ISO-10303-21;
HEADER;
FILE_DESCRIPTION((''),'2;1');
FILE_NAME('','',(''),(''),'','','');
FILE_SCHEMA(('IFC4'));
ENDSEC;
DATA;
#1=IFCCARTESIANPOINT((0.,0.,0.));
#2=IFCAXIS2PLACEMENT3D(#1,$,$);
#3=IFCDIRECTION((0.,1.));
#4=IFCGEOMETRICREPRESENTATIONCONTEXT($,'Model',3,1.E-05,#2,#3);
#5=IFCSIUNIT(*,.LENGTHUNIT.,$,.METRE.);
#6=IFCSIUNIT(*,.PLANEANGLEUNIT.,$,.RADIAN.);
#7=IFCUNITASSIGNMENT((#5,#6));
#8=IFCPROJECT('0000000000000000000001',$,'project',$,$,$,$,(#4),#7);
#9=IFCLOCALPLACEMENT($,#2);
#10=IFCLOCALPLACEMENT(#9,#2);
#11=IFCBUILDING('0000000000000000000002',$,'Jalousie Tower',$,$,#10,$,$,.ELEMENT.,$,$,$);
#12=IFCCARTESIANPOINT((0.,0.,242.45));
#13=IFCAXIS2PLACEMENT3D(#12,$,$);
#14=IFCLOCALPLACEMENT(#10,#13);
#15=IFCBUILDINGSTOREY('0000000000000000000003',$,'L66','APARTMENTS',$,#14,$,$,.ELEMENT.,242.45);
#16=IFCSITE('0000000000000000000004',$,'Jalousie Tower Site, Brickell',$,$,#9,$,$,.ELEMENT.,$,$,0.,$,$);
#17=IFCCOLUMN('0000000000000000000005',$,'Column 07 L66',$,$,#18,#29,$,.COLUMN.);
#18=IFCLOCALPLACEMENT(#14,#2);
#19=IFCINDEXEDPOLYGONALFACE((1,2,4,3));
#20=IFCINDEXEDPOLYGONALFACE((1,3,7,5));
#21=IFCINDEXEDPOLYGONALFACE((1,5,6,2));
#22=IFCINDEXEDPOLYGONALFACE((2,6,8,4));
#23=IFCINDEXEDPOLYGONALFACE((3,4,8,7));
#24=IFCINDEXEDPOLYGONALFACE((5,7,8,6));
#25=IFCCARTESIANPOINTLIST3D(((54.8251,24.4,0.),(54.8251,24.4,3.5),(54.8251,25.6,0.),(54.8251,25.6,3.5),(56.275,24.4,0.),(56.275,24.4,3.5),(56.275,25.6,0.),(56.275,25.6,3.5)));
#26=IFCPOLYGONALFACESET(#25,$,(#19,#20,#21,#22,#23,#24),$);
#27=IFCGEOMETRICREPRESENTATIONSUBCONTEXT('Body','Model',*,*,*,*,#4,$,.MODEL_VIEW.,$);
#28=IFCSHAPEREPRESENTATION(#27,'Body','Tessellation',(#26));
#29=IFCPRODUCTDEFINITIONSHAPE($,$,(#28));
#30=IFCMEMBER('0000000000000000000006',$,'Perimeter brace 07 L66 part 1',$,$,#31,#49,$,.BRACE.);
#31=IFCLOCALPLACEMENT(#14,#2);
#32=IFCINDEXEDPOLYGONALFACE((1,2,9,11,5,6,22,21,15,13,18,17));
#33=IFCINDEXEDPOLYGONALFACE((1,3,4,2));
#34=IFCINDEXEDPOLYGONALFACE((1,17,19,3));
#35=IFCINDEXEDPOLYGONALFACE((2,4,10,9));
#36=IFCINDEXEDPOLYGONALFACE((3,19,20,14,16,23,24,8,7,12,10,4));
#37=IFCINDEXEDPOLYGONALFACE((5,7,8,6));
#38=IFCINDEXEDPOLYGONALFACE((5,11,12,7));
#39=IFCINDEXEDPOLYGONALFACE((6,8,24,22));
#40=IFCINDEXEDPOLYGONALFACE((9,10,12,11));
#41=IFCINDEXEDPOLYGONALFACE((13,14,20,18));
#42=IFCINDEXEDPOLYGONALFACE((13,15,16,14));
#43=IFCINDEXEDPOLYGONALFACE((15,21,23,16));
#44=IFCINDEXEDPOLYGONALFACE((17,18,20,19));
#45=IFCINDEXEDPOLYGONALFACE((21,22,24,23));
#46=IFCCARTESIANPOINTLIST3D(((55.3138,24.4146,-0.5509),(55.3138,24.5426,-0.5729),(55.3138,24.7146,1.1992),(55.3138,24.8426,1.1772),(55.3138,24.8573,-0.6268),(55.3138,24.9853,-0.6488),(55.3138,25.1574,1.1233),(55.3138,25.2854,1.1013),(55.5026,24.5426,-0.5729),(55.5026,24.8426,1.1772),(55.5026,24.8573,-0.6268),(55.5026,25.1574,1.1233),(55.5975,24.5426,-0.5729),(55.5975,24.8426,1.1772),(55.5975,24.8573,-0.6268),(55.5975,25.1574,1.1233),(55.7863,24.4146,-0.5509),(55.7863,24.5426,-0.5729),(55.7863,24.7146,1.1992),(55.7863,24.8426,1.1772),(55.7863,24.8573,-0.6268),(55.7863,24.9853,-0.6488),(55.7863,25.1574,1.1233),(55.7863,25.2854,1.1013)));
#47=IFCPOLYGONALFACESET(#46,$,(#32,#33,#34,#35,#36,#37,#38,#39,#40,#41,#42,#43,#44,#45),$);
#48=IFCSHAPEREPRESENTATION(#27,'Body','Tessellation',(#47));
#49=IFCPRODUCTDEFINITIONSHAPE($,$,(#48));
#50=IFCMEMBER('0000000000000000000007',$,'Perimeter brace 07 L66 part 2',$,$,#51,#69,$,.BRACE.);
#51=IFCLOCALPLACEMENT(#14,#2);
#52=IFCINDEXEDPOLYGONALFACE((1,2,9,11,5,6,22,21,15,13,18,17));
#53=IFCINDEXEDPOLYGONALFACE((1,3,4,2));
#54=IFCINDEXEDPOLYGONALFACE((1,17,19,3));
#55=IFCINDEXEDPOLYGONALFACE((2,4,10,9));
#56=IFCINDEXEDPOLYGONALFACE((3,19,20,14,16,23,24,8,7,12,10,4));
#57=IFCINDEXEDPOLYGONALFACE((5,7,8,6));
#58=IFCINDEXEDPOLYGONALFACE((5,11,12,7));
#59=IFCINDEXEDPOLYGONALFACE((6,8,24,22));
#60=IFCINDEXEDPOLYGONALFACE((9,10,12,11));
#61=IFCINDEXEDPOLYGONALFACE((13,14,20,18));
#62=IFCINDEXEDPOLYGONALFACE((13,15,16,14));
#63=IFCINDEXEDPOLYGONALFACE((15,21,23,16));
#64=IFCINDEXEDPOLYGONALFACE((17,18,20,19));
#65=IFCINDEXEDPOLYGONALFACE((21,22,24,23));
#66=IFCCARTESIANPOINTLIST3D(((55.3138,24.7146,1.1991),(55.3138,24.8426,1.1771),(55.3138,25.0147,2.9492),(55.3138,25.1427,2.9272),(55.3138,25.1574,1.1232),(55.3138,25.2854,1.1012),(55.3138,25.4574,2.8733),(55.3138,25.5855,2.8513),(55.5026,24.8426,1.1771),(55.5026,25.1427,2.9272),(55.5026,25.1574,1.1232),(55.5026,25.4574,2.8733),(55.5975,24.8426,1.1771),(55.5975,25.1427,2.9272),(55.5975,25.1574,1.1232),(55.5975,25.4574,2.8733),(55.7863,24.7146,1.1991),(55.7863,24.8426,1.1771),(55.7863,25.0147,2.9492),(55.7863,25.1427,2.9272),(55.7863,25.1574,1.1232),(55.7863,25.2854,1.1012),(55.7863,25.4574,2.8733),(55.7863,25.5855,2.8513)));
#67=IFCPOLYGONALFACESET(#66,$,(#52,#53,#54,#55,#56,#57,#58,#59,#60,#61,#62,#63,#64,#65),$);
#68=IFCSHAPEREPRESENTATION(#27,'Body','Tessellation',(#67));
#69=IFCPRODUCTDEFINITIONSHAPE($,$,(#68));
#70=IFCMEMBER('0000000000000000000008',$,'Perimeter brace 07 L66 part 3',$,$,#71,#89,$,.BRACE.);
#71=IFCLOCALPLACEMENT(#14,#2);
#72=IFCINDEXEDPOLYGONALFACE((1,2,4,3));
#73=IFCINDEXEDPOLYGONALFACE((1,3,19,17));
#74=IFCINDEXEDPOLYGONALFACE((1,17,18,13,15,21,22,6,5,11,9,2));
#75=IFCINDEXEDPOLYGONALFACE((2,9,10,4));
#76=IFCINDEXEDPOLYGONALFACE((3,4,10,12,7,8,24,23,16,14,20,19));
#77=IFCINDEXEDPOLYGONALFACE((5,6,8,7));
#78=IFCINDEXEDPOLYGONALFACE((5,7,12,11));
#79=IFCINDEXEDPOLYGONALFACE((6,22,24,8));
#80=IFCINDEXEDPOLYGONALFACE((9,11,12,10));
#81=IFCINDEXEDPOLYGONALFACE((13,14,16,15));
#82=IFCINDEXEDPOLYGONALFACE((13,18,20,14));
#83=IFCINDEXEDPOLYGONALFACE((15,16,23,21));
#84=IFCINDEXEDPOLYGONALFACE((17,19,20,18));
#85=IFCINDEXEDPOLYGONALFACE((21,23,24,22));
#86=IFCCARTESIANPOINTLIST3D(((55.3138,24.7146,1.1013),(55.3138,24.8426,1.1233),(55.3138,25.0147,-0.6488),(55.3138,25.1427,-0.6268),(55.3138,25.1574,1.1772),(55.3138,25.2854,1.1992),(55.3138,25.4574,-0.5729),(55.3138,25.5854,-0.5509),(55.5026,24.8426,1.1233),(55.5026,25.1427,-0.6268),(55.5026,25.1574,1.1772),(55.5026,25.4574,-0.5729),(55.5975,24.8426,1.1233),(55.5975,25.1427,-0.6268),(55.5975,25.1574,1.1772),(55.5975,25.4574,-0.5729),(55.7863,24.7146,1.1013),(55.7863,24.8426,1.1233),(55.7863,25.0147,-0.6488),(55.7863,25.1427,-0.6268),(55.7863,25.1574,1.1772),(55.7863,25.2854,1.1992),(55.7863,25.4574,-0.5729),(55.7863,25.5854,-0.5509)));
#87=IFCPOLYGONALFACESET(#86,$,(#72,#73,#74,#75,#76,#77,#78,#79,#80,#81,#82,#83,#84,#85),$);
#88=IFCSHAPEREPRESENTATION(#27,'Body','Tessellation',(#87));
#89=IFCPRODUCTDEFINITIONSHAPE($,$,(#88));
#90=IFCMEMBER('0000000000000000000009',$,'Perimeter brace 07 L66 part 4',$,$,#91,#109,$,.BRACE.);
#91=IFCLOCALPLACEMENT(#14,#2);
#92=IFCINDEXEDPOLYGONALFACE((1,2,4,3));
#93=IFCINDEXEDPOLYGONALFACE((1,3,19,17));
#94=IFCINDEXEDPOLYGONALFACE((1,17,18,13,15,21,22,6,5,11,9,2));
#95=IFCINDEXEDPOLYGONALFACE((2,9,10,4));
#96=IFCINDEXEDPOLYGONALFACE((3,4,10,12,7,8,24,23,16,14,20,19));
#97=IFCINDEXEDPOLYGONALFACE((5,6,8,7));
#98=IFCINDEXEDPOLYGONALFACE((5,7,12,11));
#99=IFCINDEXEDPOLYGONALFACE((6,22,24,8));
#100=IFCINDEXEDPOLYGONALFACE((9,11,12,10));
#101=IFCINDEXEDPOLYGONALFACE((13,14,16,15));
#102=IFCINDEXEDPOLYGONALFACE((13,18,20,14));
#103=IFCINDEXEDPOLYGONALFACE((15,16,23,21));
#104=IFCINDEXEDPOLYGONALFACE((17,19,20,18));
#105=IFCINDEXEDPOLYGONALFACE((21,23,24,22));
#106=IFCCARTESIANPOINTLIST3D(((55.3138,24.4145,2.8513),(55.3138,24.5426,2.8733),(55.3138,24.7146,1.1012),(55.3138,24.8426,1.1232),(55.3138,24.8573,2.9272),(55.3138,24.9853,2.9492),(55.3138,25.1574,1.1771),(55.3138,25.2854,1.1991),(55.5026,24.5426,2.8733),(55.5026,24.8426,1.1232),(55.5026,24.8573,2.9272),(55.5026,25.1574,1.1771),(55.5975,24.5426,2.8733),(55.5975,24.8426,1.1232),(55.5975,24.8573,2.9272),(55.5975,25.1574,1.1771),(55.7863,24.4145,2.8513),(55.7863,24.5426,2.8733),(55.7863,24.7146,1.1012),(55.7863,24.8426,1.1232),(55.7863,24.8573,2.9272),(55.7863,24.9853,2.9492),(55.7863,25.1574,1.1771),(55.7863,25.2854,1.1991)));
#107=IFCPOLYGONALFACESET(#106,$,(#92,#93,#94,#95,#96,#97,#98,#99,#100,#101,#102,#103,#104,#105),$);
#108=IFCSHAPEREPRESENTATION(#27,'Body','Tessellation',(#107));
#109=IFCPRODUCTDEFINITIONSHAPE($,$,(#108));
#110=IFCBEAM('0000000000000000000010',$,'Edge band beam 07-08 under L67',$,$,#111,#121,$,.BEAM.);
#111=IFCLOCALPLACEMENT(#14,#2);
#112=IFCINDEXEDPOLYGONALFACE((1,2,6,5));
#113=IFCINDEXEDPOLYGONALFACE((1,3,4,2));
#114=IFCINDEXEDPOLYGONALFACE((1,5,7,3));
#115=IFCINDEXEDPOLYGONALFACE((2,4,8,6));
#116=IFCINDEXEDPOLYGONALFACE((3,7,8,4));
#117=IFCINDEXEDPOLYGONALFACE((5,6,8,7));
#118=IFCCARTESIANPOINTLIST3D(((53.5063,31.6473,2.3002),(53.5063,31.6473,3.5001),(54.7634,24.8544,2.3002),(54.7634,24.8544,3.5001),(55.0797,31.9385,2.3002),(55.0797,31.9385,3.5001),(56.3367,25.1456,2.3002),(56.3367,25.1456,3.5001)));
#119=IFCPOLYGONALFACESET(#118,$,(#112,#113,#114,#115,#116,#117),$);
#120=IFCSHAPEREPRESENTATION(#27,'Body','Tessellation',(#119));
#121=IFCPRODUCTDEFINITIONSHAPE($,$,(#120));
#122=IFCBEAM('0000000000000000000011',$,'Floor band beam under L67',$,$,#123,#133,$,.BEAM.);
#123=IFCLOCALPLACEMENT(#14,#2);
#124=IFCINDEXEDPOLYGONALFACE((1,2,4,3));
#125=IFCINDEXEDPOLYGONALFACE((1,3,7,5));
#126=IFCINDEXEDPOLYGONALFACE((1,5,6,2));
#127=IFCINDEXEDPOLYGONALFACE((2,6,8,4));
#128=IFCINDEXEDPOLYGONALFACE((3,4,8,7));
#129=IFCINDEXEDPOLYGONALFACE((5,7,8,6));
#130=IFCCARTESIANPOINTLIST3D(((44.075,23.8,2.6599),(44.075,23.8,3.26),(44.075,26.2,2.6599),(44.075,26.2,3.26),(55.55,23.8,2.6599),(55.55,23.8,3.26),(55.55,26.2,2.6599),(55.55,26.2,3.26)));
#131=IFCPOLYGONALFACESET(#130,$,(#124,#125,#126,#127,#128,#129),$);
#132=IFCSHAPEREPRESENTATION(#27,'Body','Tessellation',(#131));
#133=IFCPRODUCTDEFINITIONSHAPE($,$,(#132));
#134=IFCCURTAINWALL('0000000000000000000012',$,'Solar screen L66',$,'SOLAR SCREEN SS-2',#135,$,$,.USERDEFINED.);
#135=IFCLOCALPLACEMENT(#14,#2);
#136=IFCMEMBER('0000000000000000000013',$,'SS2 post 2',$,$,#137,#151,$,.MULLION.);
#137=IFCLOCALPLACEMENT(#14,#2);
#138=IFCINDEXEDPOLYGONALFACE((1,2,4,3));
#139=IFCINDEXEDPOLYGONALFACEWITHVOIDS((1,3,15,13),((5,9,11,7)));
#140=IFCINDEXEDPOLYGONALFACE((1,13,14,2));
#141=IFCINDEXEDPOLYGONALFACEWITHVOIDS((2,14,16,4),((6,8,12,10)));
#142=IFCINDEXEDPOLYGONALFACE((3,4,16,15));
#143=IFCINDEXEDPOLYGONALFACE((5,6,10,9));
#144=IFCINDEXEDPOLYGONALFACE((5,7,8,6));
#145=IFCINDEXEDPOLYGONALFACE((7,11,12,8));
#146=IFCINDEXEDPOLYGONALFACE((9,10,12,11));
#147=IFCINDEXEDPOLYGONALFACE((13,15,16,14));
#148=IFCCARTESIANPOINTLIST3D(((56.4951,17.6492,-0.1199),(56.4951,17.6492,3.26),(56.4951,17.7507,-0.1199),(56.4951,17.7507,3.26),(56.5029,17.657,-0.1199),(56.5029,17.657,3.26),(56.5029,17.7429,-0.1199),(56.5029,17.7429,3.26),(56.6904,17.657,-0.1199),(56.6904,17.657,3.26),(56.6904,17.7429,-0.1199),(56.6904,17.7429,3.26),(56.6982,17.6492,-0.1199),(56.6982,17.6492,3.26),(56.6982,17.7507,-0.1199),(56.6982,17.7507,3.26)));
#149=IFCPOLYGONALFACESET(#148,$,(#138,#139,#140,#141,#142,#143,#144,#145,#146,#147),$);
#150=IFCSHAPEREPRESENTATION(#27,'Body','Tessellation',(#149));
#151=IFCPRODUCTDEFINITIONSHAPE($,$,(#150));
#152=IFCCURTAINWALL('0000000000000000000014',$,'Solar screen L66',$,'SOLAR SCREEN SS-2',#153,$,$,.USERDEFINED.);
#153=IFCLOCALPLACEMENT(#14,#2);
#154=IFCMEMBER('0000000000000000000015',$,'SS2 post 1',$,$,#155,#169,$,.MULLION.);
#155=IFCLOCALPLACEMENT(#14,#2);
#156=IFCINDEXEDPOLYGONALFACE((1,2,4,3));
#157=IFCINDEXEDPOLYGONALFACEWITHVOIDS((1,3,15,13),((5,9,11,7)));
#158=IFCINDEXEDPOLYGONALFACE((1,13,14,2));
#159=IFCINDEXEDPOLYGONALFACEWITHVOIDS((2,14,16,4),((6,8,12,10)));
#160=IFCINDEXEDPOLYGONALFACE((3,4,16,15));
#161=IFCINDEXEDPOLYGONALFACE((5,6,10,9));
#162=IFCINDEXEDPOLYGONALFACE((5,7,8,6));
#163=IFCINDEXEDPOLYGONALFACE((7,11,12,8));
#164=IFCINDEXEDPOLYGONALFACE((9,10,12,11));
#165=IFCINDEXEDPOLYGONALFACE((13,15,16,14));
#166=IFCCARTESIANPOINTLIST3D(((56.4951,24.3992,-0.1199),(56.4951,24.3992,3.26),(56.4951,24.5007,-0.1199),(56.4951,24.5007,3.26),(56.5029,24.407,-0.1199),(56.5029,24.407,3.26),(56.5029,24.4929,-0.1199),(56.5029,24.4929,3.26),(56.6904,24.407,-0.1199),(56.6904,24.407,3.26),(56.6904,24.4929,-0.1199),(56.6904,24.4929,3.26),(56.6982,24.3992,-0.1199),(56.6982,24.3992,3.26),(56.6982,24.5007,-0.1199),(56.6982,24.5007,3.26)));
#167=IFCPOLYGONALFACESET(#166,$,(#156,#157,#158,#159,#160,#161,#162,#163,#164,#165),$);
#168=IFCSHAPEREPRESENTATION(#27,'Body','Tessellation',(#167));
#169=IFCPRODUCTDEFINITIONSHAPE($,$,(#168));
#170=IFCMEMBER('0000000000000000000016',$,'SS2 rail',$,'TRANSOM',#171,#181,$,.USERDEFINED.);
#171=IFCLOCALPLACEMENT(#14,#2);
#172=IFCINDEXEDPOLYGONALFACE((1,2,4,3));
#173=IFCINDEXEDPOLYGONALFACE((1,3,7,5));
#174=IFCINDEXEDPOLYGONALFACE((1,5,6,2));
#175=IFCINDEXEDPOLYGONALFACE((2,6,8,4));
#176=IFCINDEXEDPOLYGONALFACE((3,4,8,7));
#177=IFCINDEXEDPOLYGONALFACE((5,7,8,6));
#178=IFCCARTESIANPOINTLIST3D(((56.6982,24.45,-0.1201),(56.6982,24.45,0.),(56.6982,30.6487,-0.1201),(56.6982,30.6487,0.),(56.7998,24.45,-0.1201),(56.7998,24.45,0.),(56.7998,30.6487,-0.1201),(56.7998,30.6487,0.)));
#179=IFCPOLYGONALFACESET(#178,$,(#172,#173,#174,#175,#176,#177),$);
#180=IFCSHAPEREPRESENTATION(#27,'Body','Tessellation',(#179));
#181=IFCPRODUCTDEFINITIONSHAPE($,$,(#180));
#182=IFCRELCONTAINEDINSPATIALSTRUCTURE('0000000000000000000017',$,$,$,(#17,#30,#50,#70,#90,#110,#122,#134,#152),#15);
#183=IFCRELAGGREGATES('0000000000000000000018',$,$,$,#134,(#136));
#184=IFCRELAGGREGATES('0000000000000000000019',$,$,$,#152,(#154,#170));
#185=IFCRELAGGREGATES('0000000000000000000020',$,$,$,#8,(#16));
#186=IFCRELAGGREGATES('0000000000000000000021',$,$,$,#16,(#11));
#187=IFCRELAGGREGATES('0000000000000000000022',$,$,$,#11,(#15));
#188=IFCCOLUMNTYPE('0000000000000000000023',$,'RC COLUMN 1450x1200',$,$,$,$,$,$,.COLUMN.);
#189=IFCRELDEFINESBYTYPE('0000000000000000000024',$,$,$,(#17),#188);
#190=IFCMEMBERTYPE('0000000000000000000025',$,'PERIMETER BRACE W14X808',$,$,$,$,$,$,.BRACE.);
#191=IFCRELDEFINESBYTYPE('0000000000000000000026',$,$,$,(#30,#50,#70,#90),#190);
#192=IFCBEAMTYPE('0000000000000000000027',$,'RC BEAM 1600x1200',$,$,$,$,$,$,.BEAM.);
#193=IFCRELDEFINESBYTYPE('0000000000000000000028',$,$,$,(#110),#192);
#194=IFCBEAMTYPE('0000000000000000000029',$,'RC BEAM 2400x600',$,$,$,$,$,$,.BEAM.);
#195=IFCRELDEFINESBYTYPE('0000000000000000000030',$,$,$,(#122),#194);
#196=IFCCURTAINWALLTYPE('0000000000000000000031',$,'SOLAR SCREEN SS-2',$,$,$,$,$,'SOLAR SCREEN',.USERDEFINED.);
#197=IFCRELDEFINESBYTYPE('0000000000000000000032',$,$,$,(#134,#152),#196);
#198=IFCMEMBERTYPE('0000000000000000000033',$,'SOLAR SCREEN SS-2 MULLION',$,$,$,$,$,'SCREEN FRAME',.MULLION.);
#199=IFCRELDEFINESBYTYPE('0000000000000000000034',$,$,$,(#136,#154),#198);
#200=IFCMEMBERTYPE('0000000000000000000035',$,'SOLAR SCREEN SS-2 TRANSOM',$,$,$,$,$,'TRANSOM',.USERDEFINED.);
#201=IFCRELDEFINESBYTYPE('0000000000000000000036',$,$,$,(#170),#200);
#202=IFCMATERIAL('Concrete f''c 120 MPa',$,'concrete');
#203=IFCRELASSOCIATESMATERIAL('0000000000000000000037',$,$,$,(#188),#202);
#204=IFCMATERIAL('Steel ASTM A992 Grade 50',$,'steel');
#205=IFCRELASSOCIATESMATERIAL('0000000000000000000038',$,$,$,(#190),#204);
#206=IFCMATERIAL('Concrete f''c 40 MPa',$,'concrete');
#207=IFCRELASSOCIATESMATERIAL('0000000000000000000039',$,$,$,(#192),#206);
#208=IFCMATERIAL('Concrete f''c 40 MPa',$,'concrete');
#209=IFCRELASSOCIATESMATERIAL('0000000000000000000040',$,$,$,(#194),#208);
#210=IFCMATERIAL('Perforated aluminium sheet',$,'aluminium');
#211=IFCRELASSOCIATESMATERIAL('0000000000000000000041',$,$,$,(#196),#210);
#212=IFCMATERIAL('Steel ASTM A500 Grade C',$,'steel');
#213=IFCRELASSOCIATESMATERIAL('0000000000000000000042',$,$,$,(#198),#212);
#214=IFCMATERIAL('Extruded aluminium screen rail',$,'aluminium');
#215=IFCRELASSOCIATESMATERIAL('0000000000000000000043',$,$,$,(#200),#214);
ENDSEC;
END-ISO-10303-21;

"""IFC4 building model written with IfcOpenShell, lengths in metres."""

from ifc_helpers import new_model, si_unit, direction, frame, origin, origin_2d, place, context, subcontext, project, spatial, rectangle, hollow_rectangle, i_section, extrude, material, material_profile, profile_set, type_object, element, aggregate, save


model = new_model("IFC4")

# Units and contexts
model_context = context("Model", 3, precision=1e-05, world=origin(), true_north=direction((0.0, 1.0)))
body_context = subcontext(model_context, "Body", "Model", "MODEL_VIEW")
ifc_project = project(units=[si_unit("LENGTHUNIT", "METRE"), si_unit("PLANEANGLEUNIT", "RADIAN")], contexts=[model_context])

# Site, building, storey
site_placement = place(None, origin())
site = spatial("IfcSite", under=ifc_project, at=site_placement, Name="Jalousie Tower Site, Brickell", CompositionType="ELEMENT", RefElevation=0.0)
building_placement = place(site_placement, origin())
building = spatial("IfcBuilding", under=site, at=building_placement, Name="Jalousie Tower", CompositionType="ELEMENT")
storey_placement = place(building_placement, frame((0.0, 0.0, 242.45)))
storey = spatial("IfcBuildingStorey", under=building, at=storey_placement, Name="L66", Description="APARTMENTS", CompositionType="ELEMENT", Elevation=242.45)

# Column
ifc_material_1 = material(Name="Concrete f'c 120 MPa", Category="concrete")
ifc_material_profile_1 = material_profile(ifc_material_1, rectangle(XDim=1.45, YDim=1.2, at=origin_2d()), Name="RC 1450x1200")
ifc_profile_set_1 = profile_set([ifc_material_profile_1], Name="Concrete f'c 120 MPa")
column_type = type_object("IfcColumnType", Name="RC COLUMN 1450x1200", PredefinedType="COLUMN", material=ifc_profile_set_1)
column_placement = place(storey_placement, frame((55.55, 25.0, 0.0), z_axis=(0.0, 0.0, 1.0), x_axis=(1.0, 0.0, 0.0)))
element("IfcColumn", 1, at=column_placement, inside=storey, type_object=column_type, Name="Column 07 L66", PredefinedType="COLUMN", context=body_context, shape_type="SweptSolid", body=[
    extrude(rectangle(XDim=1.45, YDim=1.2, at=origin_2d()), origin(), (0.0, 0.0, 1.0), 3.5),
])

# Members
ifc_material_2 = material(Name="Steel ASTM A992 Grade 50", Category="steel")
ifc_material_profile_2 = material_profile(ifc_material_2, i_section(OverallWidth=0.4724, OverallDepth=0.5791, WebThickness=0.095, FlangeThickness=0.1299, at=origin_2d()), Name="W14X808")
ifc_profile_set_2 = profile_set([ifc_material_profile_2], Name="Steel ASTM A992 Grade 50")
member_type_1 = type_object("IfcMemberType", Name="PERIMETER BRACE W14X808", PredefinedType="BRACE", material=ifc_profile_set_2)
for number, where, z_axis, x_axis, name in (
    (2, (55.55, 24.7, -0.5999), (0.0, 0.168991, 0.985618), (-1.0, 0.0, 0.0), "Perimeter brace 07 L66 part 1"),
    (3, (55.55, 25.0, 1.1501), (0.0, 0.168991, 0.985618), (-1.0, 0.0, 0.0), "Perimeter brace 07 L66 part 2"),
    (4, (55.55, 25.3, -0.5999), (0.0, -0.168991, 0.985618), (1.0, 0.0, 0.0), "Perimeter brace 07 L66 part 3"),
    (5, (55.55, 25.0, 1.1501), (0.0, -0.168991, 0.985618), (1.0, 0.0, 0.0), "Perimeter brace 07 L66 part 4"),
):
    element("IfcMember", number, at=place(storey_placement, frame(where, z_axis=z_axis, x_axis=x_axis)), inside=storey, type_object=member_type_1, Name=name, PredefinedType="BRACE", context=body_context, shape_type="SweptSolid", body=[
        extrude(i_section(OverallWidth=0.4724, OverallDepth=0.5791, WebThickness=0.095, FlangeThickness=0.1299, at=origin_2d()), origin(), (0.0, 0.0, 1.0), 1.7756),
    ])

# Beams
ifc_material_3 = material(Name="Concrete f'c 40 MPa", Category="concrete")
ifc_material_profile_3 = material_profile(ifc_material_3, rectangle(XDim=1.6001, YDim=1.2, at=origin_2d()), Name="RC 1600x1200")
ifc_profile_set_3 = profile_set([ifc_material_profile_3], Name="Concrete f'c 40 MPa")
beam_type_1 = type_object("IfcBeamType", Name="RC BEAM 1600x1200", PredefinedType="BEAM", material=ifc_profile_set_3)
beam_1_placement = place(storey_placement, frame((55.55, 25.0, 2.9001), z_axis=(-0.181967, 0.983305, 0.0), x_axis=(-0.983305, -0.181967, 0.0)))
element("IfcBeam", 6, at=beam_1_placement, inside=storey, type_object=beam_type_1, Name="Edge band beam 07-08 under L67", PredefinedType="BEAM", context=body_context, shape_type="SweptSolid", body=[
    extrude(rectangle(XDim=1.6001, YDim=1.2, at=origin_2d()), origin(), (0.0, 0.0, 1.0), 6.9082),
])
ifc_material_4 = material(Name="Concrete f'c 40 MPa", Category="concrete")
ifc_material_profile_4 = material_profile(ifc_material_4, rectangle(XDim=2.3999, YDim=0.6001, at=origin_2d()), Name="RC 2400x600")
ifc_profile_set_4 = profile_set([ifc_material_profile_4], Name="Concrete f'c 40 MPa")
beam_type_2 = type_object("IfcBeamType", Name="RC BEAM 2400x600", PredefinedType="BEAM", material=ifc_profile_set_4)
beam_2_placement = place(storey_placement, frame((55.55, 25.0, 2.96), z_axis=(-1.0, 0.0, 0.0), x_axis=(0.0, -1.0, 0.0)))
element("IfcBeam", 7, at=beam_2_placement, inside=storey, type_object=beam_type_2, Name="Floor band beam under L67", PredefinedType="BEAM", context=body_context, shape_type="SweptSolid", body=[
    extrude(rectangle(XDim=2.3999, YDim=0.6001, at=origin_2d()), origin(), (0.0, 0.0, 1.0), 11.4751),
])

# Curtain wall, member
ifc_material_5 = material(Name="Perforated aluminium sheet", Category="aluminium")
curtain_wall_type = type_object("IfcCurtainWallType", Name="SOLAR SCREEN SS-2", ElementType="SOLAR SCREEN", PredefinedType="USERDEFINED", material=ifc_material_5)
curtain_wall_1_placement = place(storey_placement, origin())
curtain_wall_1 = element("IfcCurtainWall", 8, at=curtain_wall_1_placement, inside=storey, type_object=curtain_wall_type, Name="Solar screen L66", ObjectType="SOLAR SCREEN SS-2", PredefinedType="USERDEFINED")
ifc_material_6 = material(Name="Steel ASTM A500 Grade C", Category="steel")
ifc_material_profile_5 = material_profile(ifc_material_6, hollow_rectangle(XDim=0.1016, YDim=0.2031, WallThickness=0.0078, at=origin_2d()), Name="HSS8X4X5/16")
ifc_profile_set_5 = profile_set([ifc_material_profile_5], Name="Steel ASTM A500 Grade C")
member_type_2 = type_object("IfcMemberType", Name="SOLAR SCREEN SS-2 MULLION", ElementType="SCREEN FRAME", PredefinedType="MULLION", material=ifc_profile_set_5)
member_1_placement = place(storey_placement, frame((56.5967, 17.7, -0.1199), z_axis=(0.0, 0.0, 1.0), x_axis=(0.0, 1.0, 0.0)))
member_1 = element("IfcMember", 9, at=member_1_placement, type_object=member_type_2, Name="SS2 post 2", PredefinedType="MULLION", context=body_context, shape_type="SweptSolid", body=[
    extrude(hollow_rectangle(XDim=0.1016, YDim=0.2031, WallThickness=0.0078, at=origin_2d()), origin(), (0.0, 0.0, 1.0), 3.3799),
])
aggregate(curtain_wall_1, [member_1])

# Curtain wall, members
curtain_wall_2_placement = place(storey_placement, origin())
curtain_wall_2 = element("IfcCurtainWall", 10, at=curtain_wall_2_placement, inside=storey, type_object=curtain_wall_type, Name="Solar screen L66", ObjectType="SOLAR SCREEN SS-2", PredefinedType="USERDEFINED")
member_2_placement = place(storey_placement, frame((56.5967, 24.45, -0.1199), z_axis=(0.0, 0.0, 1.0), x_axis=(0.0, 1.0, 0.0)))
member_2 = element("IfcMember", 11, at=member_2_placement, type_object=member_type_2, Name="SS2 post 1", PredefinedType="MULLION", context=body_context, shape_type="SweptSolid", body=[
    extrude(hollow_rectangle(XDim=0.1016, YDim=0.2031, WallThickness=0.0078, at=origin_2d()), origin(), (0.0, 0.0, 1.0), 3.3799),
])
ifc_material_7 = material(Name="Extruded aluminium screen rail", Category="aluminium")
ifc_material_profile_6 = material_profile(ifc_material_7, rectangle(XDim=0.1016, YDim=0.1201, at=origin_2d()), Name="RAIL 102x120")
ifc_profile_set_6 = profile_set([ifc_material_profile_6], Name="Extruded aluminium screen rail")
member_type_3 = type_object("IfcMemberType", Name="SOLAR SCREEN SS-2 TRANSOM", ElementType="TRANSOM", PredefinedType="USERDEFINED", material=ifc_profile_set_6)
member_3_placement = place(storey_placement, frame((56.749, 24.45, -0.0601), z_axis=(0.0, 1.0, 0.0), x_axis=(-1.0, 0.0, 0.0)))
member_3 = element("IfcMember", 12, at=member_3_placement, type_object=member_type_3, Name="SS2 rail", ObjectType="TRANSOM", PredefinedType="USERDEFINED", context=body_context, shape_type="SweptSolid", body=[
    extrude(rectangle(XDim=0.1016, YDim=0.1201, at=origin_2d()), origin(), (0.0, 0.0, 1.0), 6.1987),
])
aggregate(curtain_wall_2, [member_2, member_3])

save(model, "model.ifc")
